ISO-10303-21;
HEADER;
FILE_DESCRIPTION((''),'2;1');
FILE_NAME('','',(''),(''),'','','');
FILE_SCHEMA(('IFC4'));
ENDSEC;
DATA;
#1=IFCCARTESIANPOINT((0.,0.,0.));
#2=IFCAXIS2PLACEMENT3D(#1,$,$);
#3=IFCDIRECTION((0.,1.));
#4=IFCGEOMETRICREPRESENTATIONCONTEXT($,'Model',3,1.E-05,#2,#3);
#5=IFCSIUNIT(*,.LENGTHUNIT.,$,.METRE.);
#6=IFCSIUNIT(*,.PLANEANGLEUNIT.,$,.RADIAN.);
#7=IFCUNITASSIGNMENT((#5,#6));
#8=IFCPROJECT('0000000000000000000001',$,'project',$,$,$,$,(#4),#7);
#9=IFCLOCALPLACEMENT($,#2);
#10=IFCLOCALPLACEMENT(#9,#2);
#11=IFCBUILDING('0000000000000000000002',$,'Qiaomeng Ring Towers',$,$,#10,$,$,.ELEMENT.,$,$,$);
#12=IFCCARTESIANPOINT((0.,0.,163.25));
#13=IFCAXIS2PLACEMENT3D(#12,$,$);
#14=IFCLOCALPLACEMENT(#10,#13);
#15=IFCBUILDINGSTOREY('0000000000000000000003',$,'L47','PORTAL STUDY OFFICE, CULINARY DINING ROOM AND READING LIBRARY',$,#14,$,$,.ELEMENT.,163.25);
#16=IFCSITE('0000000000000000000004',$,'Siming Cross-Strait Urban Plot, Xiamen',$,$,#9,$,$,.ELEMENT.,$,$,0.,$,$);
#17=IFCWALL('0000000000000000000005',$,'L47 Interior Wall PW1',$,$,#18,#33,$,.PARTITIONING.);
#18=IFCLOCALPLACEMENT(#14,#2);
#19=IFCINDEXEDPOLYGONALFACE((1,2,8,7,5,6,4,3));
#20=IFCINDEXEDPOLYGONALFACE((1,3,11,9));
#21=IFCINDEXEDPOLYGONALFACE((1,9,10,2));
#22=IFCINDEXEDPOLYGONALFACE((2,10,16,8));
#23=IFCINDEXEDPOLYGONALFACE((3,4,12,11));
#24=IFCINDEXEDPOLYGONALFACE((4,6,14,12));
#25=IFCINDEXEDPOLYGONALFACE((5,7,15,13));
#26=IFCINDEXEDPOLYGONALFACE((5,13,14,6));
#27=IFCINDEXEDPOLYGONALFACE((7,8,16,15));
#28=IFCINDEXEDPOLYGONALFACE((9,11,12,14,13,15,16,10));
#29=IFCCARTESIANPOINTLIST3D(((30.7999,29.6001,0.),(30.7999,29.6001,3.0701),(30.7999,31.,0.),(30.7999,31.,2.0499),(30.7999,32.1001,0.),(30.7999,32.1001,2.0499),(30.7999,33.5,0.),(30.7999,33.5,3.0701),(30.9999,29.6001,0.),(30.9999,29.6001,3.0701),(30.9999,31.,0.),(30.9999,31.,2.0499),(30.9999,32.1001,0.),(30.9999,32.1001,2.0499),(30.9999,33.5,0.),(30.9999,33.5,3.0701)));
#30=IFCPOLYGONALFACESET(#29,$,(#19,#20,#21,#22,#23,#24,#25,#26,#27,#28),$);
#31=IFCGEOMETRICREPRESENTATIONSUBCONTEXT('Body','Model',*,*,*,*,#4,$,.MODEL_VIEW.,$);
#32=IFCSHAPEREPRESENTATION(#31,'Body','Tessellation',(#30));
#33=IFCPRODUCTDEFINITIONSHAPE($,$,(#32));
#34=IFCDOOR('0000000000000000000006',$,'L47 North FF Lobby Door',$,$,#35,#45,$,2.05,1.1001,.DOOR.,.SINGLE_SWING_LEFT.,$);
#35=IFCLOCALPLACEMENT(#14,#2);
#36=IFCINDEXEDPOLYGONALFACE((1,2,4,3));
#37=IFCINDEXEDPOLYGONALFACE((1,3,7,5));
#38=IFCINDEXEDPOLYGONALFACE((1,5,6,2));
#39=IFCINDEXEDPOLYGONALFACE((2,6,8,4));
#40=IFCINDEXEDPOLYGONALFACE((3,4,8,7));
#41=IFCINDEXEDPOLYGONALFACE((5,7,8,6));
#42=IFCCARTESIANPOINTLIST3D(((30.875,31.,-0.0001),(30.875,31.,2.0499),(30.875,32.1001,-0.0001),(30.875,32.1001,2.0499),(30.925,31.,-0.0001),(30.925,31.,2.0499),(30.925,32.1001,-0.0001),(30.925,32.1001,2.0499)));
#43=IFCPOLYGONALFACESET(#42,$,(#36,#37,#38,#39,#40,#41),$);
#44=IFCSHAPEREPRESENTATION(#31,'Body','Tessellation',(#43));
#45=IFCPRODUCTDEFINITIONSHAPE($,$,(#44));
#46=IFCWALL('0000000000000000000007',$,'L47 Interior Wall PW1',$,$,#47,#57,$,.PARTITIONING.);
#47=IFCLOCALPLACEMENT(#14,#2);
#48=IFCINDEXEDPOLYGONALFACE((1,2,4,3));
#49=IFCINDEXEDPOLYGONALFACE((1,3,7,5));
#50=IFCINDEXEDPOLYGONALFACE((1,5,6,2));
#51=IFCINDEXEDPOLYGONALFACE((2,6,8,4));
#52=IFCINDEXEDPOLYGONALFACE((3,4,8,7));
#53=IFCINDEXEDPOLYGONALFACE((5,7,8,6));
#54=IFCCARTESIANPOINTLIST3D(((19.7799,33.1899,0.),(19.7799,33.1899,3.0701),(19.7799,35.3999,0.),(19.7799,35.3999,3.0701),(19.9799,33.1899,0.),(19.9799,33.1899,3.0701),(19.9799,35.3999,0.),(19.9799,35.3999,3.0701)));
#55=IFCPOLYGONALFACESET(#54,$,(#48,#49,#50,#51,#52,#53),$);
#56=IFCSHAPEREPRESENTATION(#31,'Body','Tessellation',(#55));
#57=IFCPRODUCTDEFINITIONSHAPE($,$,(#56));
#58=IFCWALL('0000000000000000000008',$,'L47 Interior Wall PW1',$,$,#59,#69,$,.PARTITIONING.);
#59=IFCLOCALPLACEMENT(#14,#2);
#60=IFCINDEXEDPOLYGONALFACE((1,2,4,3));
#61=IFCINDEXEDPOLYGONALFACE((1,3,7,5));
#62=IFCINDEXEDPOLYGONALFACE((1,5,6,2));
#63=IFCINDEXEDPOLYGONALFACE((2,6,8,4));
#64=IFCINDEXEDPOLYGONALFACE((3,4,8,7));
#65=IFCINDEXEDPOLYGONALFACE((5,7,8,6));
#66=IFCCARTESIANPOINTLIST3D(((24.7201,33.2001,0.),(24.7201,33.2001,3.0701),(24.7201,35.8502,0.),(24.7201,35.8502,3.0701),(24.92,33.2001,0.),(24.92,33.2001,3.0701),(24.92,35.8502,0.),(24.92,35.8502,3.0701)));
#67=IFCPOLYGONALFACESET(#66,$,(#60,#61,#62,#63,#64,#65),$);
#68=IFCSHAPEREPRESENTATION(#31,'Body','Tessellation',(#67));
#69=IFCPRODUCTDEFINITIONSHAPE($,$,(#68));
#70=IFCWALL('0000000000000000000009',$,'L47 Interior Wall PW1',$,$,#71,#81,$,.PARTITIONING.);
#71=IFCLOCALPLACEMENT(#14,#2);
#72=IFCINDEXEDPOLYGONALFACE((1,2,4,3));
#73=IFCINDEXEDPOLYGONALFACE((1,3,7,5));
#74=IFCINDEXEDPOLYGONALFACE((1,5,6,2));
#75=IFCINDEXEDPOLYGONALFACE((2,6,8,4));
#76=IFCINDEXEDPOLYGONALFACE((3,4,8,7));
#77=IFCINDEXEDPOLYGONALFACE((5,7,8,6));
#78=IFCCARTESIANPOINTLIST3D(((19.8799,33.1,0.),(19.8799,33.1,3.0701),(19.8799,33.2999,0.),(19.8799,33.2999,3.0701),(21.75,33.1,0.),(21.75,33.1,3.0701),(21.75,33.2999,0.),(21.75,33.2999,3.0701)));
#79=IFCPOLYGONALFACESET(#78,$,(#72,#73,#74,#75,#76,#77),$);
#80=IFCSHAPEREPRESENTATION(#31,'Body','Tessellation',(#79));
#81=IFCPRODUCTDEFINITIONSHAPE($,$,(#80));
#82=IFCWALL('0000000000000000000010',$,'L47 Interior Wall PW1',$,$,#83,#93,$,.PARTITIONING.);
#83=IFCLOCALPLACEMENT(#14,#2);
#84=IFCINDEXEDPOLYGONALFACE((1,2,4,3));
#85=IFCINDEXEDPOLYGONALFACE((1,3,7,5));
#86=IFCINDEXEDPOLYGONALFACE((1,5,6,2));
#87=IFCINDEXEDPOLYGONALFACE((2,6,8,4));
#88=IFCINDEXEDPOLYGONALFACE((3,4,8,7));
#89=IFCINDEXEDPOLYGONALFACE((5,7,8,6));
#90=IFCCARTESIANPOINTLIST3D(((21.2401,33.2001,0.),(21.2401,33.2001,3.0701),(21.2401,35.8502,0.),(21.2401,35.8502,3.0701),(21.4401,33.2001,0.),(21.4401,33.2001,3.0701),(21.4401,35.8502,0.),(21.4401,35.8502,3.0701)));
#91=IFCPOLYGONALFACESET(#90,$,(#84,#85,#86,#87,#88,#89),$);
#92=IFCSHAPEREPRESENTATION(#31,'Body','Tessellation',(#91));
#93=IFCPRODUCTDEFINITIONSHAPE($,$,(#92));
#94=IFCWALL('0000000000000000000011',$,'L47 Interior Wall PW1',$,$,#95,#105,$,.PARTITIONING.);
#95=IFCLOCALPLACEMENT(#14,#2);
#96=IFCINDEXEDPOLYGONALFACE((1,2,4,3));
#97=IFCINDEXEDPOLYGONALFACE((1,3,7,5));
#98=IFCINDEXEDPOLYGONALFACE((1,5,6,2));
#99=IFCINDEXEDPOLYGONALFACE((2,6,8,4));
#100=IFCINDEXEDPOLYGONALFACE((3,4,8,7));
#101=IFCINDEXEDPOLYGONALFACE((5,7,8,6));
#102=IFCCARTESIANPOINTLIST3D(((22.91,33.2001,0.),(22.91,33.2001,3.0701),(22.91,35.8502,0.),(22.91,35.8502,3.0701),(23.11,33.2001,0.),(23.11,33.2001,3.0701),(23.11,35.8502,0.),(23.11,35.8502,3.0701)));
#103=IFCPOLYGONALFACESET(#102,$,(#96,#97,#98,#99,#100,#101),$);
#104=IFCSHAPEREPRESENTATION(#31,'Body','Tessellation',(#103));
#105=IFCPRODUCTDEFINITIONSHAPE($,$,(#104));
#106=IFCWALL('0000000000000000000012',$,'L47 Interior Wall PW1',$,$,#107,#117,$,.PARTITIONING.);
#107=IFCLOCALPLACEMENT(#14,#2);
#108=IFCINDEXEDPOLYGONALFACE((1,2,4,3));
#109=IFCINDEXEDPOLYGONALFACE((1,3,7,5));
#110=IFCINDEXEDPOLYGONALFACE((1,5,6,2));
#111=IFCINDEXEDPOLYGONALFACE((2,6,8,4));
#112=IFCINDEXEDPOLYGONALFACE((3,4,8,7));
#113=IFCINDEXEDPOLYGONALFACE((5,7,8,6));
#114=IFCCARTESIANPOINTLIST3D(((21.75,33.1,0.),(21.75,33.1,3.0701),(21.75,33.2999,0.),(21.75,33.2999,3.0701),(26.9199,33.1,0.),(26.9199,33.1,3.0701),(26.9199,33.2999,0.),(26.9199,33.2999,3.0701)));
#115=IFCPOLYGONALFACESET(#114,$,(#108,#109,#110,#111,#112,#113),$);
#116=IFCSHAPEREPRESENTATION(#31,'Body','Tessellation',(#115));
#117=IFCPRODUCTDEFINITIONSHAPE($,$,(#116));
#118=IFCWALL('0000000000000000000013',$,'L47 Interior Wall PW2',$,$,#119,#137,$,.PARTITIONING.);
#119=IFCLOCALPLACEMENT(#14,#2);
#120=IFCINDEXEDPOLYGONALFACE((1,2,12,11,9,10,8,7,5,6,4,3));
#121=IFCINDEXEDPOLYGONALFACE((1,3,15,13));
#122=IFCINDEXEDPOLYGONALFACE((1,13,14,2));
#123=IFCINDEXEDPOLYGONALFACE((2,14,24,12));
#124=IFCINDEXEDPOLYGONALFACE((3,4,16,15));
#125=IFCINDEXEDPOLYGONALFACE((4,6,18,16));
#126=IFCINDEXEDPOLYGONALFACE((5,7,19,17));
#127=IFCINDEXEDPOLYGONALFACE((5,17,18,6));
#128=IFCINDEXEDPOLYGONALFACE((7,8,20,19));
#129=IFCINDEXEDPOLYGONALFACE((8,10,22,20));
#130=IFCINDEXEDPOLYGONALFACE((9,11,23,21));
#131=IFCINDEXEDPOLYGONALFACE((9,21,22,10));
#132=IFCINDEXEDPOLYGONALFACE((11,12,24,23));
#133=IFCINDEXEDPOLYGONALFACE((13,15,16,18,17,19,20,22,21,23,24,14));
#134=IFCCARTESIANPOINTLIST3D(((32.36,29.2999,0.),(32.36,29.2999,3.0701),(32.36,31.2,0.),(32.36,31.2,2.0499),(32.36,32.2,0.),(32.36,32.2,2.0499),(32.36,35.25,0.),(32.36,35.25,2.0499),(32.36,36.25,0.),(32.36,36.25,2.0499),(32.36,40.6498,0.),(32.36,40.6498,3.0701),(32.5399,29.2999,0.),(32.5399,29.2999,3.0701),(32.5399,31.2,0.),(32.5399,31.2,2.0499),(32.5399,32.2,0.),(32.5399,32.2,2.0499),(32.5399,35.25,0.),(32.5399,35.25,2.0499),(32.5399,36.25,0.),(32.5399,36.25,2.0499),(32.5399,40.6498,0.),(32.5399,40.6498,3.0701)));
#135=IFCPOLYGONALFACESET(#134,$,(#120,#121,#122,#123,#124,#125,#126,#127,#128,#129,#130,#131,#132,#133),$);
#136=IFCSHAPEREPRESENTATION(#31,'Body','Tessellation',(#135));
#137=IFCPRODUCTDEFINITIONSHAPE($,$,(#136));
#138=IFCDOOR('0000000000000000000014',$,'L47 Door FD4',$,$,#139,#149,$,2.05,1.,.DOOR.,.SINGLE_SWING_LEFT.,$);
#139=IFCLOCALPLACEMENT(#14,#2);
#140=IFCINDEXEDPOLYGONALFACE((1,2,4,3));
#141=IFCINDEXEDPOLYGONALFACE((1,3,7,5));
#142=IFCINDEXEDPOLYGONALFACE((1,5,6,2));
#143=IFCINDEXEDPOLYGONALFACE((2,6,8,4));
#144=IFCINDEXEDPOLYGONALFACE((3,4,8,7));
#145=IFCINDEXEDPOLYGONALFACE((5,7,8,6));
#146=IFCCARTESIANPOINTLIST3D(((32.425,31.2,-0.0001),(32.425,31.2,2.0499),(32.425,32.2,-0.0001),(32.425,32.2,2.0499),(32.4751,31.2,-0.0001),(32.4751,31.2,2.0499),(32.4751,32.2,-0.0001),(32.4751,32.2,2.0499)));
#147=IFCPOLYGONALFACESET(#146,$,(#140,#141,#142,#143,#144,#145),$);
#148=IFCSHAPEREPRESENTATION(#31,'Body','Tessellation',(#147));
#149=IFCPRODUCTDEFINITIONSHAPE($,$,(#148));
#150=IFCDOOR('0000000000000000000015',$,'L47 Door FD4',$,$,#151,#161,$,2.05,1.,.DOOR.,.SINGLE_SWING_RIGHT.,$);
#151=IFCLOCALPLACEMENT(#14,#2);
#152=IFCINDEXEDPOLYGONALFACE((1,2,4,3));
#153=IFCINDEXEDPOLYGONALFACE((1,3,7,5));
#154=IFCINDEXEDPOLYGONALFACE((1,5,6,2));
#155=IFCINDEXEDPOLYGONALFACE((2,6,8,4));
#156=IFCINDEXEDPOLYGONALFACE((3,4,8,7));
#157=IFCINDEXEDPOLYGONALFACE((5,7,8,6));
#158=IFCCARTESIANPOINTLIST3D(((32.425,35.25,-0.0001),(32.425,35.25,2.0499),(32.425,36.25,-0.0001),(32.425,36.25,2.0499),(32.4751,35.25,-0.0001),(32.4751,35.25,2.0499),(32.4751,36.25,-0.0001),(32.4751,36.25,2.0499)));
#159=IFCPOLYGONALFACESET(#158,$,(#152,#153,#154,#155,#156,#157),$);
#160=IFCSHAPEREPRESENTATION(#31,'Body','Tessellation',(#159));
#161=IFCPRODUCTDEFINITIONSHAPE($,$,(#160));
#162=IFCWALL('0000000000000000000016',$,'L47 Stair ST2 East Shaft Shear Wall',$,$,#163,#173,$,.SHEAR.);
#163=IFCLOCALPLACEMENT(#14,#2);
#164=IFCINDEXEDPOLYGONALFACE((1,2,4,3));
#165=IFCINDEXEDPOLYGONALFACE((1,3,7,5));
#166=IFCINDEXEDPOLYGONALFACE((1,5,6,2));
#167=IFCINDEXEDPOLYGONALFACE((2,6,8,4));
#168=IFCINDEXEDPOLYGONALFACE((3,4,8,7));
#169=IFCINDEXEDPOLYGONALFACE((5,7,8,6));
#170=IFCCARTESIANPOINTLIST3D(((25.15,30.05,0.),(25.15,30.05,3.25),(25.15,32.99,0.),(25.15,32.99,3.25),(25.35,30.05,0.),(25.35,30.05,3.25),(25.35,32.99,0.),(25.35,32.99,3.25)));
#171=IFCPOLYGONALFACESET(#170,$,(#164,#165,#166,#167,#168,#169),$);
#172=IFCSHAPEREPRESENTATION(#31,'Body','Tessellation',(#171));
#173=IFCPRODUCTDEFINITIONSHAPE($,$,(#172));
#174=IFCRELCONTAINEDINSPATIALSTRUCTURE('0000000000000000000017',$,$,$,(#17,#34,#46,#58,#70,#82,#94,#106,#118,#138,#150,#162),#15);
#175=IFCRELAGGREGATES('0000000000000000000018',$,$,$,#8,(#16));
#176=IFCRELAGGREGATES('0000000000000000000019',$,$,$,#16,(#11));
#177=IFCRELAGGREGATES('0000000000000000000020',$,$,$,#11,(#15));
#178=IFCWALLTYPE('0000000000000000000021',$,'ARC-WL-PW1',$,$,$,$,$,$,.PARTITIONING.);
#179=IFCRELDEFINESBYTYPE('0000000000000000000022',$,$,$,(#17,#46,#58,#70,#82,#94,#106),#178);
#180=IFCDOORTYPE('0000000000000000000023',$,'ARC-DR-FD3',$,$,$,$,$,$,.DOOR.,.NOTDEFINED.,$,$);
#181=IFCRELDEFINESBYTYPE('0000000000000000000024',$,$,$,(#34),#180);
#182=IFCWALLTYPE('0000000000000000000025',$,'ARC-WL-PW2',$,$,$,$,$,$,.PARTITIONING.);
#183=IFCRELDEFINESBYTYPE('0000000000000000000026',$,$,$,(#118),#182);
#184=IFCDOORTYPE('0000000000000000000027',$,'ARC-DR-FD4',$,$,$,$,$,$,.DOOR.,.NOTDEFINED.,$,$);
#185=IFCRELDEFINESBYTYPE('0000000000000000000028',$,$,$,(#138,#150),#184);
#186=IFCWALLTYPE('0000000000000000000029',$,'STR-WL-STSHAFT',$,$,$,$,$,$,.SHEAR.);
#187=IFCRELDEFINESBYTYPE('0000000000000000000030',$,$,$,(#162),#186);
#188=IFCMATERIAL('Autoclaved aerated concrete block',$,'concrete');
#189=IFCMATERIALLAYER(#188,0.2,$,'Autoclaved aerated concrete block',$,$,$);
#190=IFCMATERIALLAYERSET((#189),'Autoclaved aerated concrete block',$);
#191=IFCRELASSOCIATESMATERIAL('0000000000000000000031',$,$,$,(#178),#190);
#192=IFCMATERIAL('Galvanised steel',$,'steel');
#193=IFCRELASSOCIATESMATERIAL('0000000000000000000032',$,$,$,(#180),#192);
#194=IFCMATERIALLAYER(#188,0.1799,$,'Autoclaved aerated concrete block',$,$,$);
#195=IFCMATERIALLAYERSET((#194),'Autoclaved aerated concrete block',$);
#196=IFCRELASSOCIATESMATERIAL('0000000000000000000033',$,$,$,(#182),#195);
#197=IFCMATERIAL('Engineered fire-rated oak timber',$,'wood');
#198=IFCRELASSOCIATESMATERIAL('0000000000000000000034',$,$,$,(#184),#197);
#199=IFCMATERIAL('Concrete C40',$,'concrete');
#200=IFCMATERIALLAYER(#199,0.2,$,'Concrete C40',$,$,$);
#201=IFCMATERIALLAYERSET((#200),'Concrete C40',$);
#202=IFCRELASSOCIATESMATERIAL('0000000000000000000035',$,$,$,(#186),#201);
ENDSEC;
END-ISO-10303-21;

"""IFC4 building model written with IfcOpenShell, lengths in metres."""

from ifc_helpers import new_model, si_unit, direction, frame, frame_2d, origin, place, context, subcontext, project, spatial, rectangle, extrude, source, transform, mapped, material, layer, layer_set, type_object, element, fill, save


model = new_model("IFC4")

# Units and contexts
model_context = context("Model", 3, precision=1e-05, world=origin(), true_north=direction((0.0, 1.0)))
body_context = subcontext(model_context, "Body", "Model", "MODEL_VIEW")
ifc_project = project(units=[si_unit("LENGTHUNIT", "METRE"), si_unit("PLANEANGLEUNIT", "RADIAN")], contexts=[model_context])

# Site, building, storey
site_placement = place(None, origin())
site = spatial("IfcSite", under=ifc_project, at=site_placement, Name="Siming Cross-Strait Urban Plot, Xiamen", CompositionType="ELEMENT", RefElevation=0.0)
building_placement = place(site_placement, origin())
building = spatial("IfcBuilding", under=site, at=building_placement, Name="Qiaomeng Ring Towers", CompositionType="ELEMENT")
storey_placement = place(building_placement, frame((0.0, 0.0, 163.25)))
storey = spatial("IfcBuildingStorey", under=building, at=storey_placement, Name="L47", Description="PORTAL STUDY OFFICE, CULINARY DINING ROOM AND READING LIBRARY", CompositionType="ELEMENT", Elevation=163.25)

# Shared definitions
ifc_material_1 = material(Name="Autoclaved aerated concrete block", Category="concrete")
ifc_layer_1 = layer(ifc_material_1, 0.2, Name="Autoclaved aerated concrete block")
ifc_layer_set_1 = layer_set([ifc_layer_1], Name="Autoclaved aerated concrete block")
wall_type_1 = type_object("IfcWallType", Name="ARC-WL-PW1", PredefinedType="PARTITIONING", material=ifc_layer_set_1)

# Wall, opening, door
wall_1_placement = place(storey_placement, frame((30.8999, 29.6001, 0.0), z_axis=(0.0, 0.0, 1.0), x_axis=(0.0, 1.0, 0.0)))
wall_1 = element("IfcWall", 1, at=wall_1_placement, inside=storey, type_object=wall_type_1, Name="L47 Interior Wall PW1", PredefinedType="PARTITIONING", context=body_context, shape_type="SweptSolid", body=[
    extrude(rectangle(XDim=3.8999, YDim=0.2, at=frame_2d((1.95, 0.0))), origin(), (0.0, 0.0, 1.0), 3.0701),
])
opening_1_placement = place(wall_1_placement, frame((1.3999, 0.0, 0.0)))
opening_1 = element("IfcOpeningElement", 2, at=opening_1_placement, cuts=wall_1, PredefinedType="OPENING", context=body_context, shape_type="SweptSolid", body=[
    extrude(rectangle(XDim=1.1001, YDim=2.05, at=frame_2d((0.55, 1.0249))), frame((0.0, 0.1099, 0.0), z_axis=(0.0, -1.0, 0.0), x_axis=(1.0, 0.0, 0.0)), (0.0, 0.0, 1.0), 0.22),
])
ifc_material_2 = material(Name="Galvanised steel", Category="steel")
door_type_1 = type_object("IfcDoorType", Name="ARC-DR-FD3", OperationType="NOTDEFINED", PredefinedType="DOOR", material=ifc_material_2)
shared_shape_1 = source(origin(), body_context, "Body", "SweptSolid", [
    extrude(rectangle(XDim=1.1001, YDim=2.05, at=frame_2d((0.55, 1.0249))), frame((0.0, 0.0249, 0.0), z_axis=(0.0, -1.0, 0.0), x_axis=(1.0, 0.0, 0.0)), (0.0, 0.0, 1.0), 0.05),
])
door_1_placement = place(opening_1_placement, origin())
door_1 = element("IfcDoor", 3, at=door_1_placement, inside=storey, type_object=door_type_1, Name="L47 North FF Lobby Door", OperationType="SINGLE_SWING_LEFT", OverallHeight=2.05, OverallWidth=1.1001, PredefinedType="DOOR", context=body_context, shape_type="MappedRepresentation", body=[
    mapped(shared_shape_1, transform((0.0, 0.0, 0.0), x_axis=(1.0, 0.0, 0.0), y_axis=(0.0, 1.0, 0.0), z_axis=(0.0, 0.0, 1.0), scale=1.0)),
])
fill(opening_1, door_1)

# Walls
wall_2_placement = place(storey_placement, frame((19.8799, 33.1899, 0.0), z_axis=(0.0, 0.0, 1.0), x_axis=(0.0, 1.0, 0.0)))
element("IfcWall", 4, at=wall_2_placement, inside=storey, type_object=wall_type_1, Name="L47 Interior Wall PW1", PredefinedType="PARTITIONING", context=body_context, shape_type="SweptSolid", body=[
    extrude(rectangle(XDim=2.21, YDim=0.2, at=frame_2d((1.105, 0.0))), origin(), (0.0, 0.0, 1.0), 3.0701),
])
wall_3_placement = place(storey_placement, frame((24.8201, 33.2, 0.0), z_axis=(0.0, 0.0, 1.0), x_axis=(0.0, 1.0, 0.0)))
element("IfcWall", 5, at=wall_3_placement, inside=storey, type_object=wall_type_1, Name="L47 Interior Wall PW1", PredefinedType="PARTITIONING", context=body_context, shape_type="SweptSolid", body=[
    extrude(rectangle(XDim=2.6501, YDim=0.2, at=frame_2d((1.3252, 0.0))), origin(), (0.0, 0.0, 1.0), 3.0701),
])
wall_4_placement = place(storey_placement, frame((19.8799, 33.2, 0.0), z_axis=(0.0, 0.0, 1.0), x_axis=(1.0, 0.0, 0.0)))
element("IfcWall", 6, at=wall_4_placement, inside=storey, type_object=wall_type_1, Name="L47 Interior Wall PW1", PredefinedType="PARTITIONING", context=body_context, shape_type="SweptSolid", body=[
    extrude(rectangle(XDim=1.8701, YDim=0.2, at=frame_2d((0.9351, 0.0))), origin(), (0.0, 0.0, 1.0), 3.0701),
])
for number, where, z_axis, x_axis, name in (
    (7, (21.3401, 33.2, 0.0), (0.0, 0.0, 1.0), (0.0, 1.0, 0.0), "L47 Interior Wall PW1"),
    (8, (23.01, 33.2, 0.0), (0.0, 0.0, 1.0), (0.0, 1.0, 0.0), "L47 Interior Wall PW1"),
):
    element("IfcWall", number, at=place(storey_placement, frame(where, z_axis=z_axis, x_axis=x_axis)), inside=storey, type_object=wall_type_1, Name=name, PredefinedType="PARTITIONING", context=body_context, shape_type="SweptSolid", body=[
        extrude(rectangle(XDim=2.6501, YDim=0.2, at=frame_2d((1.3252, 0.0))), origin(), (0.0, 0.0, 1.0), 3.0701),
    ])
wall_5_placement = place(storey_placement, frame((21.75, 33.2, 0.0), z_axis=(0.0, 0.0, 1.0), x_axis=(1.0, 0.0, 0.0)))
element("IfcWall", 9, at=wall_5_placement, inside=storey, type_object=wall_type_1, Name="L47 Interior Wall PW1", PredefinedType="PARTITIONING", context=body_context, shape_type="SweptSolid", body=[
    extrude(rectangle(XDim=5.1699, YDim=0.2, at=frame_2d((2.585, 0.0))), origin(), (0.0, 0.0, 1.0), 3.0701),
])

# Wall, openings, doors
ifc_layer_2 = layer(ifc_material_1, 0.1799, Name="Autoclaved aerated concrete block")
ifc_layer_set_2 = layer_set([ifc_layer_2], Name="Autoclaved aerated concrete block")
wall_type_2 = type_object("IfcWallType", Name="ARC-WL-PW2", PredefinedType="PARTITIONING", material=ifc_layer_set_2)
wall_6_placement = place(storey_placement, frame((32.45, 29.3, 0.0), z_axis=(0.0, 0.0, 1.0), x_axis=(0.0, 1.0, 0.0)))
wall_6 = element("IfcWall", 10, at=wall_6_placement, inside=storey, type_object=wall_type_2, Name="L47 Interior Wall PW2", PredefinedType="PARTITIONING", context=body_context, shape_type="SweptSolid", body=[
    extrude(rectangle(XDim=11.3499, YDim=0.1799, at=frame_2d((5.6748, 0.0))), origin(), (0.0, 0.0, 1.0), 3.0701),
])
opening_2_placement = place(wall_6_placement, frame((1.8999, 0.0, 0.0)))
opening_2 = element("IfcOpeningElement", 11, at=opening_2_placement, cuts=wall_6, PredefinedType="OPENING", context=body_context, shape_type="SweptSolid", body=[
    extrude(rectangle(XDim=1.0, YDim=2.05, at=frame_2d((0.5, 1.0249))), frame((0.0, 0.0999, 0.0), z_axis=(0.0, -1.0, 0.0), x_axis=(1.0, 0.0, 0.0)), (0.0, 0.0, 1.0), 0.2),
])
opening_3_placement = place(wall_6_placement, frame((5.95, 0.0, 0.0)))
opening_3 = element("IfcOpeningElement", 12, at=opening_3_placement, cuts=wall_6, PredefinedType="OPENING", context=body_context, shape_type="SweptSolid", body=[
    extrude(rectangle(XDim=1.0, YDim=2.05, at=frame_2d((0.5, 1.0249))), frame((0.0, 0.0999, 0.0), z_axis=(0.0, -1.0, 0.0), x_axis=(1.0, 0.0, 0.0)), (0.0, 0.0, 1.0), 0.2),
])
ifc_material_3 = material(Name="Engineered fire-rated oak timber", Category="wood")
door_type_2 = type_object("IfcDoorType", Name="ARC-DR-FD4", OperationType="NOTDEFINED", PredefinedType="DOOR", material=ifc_material_3)
shared_shape_2 = source(origin(), body_context, "Body", "SweptSolid", [
    extrude(rectangle(XDim=1.0, YDim=2.05, at=frame_2d((0.5, 1.0249))), frame((0.0, 0.0249, 0.0), z_axis=(0.0, -1.0, 0.0), x_axis=(1.0, 0.0, 0.0)), (0.0, 0.0, 1.0), 0.05),
])
door_2_placement = place(opening_2_placement, origin())
door_2 = element("IfcDoor", 13, at=door_2_placement, inside=storey, type_object=door_type_2, Name="L47 Door FD4", OperationType="SINGLE_SWING_LEFT", OverallHeight=2.05, OverallWidth=1.0, PredefinedType="DOOR", context=body_context, shape_type="MappedRepresentation", body=[
    mapped(shared_shape_2, transform((0.0, 0.0, 0.0), x_axis=(1.0, 0.0, 0.0), y_axis=(0.0, 1.0, 0.0), z_axis=(0.0, 0.0, 1.0), scale=1.0)),
])
fill(opening_2, door_2)
door_3_placement = place(opening_3_placement, origin())
door_3 = element("IfcDoor", 14, at=door_3_placement, inside=storey, type_object=door_type_2, Name="L47 Door FD4", OperationType="SINGLE_SWING_RIGHT", OverallHeight=2.05, OverallWidth=1.0, PredefinedType="DOOR", context=body_context, shape_type="MappedRepresentation", body=[
    mapped(shared_shape_2, transform((0.0, 0.0, 0.0), x_axis=(1.0, 0.0, 0.0), y_axis=(0.0, 1.0, 0.0), z_axis=(0.0, 0.0, 1.0), scale=1.0)),
])
fill(opening_3, door_3)

# Wall
ifc_material_4 = material(Name="Concrete C40", Category="concrete")
ifc_layer_3 = layer(ifc_material_4, 0.2, Name="Concrete C40")
ifc_layer_set_3 = layer_set([ifc_layer_3], Name="Concrete C40")
wall_type_3 = type_object("IfcWallType", Name="STR-WL-STSHAFT", PredefinedType="SHEAR", material=ifc_layer_set_3)
wall_7_placement = place(storey_placement, frame((25.25, 30.05, 0.0), z_axis=(0.0, 0.0, 1.0), x_axis=(0.0, 1.0, 0.0)))
element("IfcWall", 15, at=wall_7_placement, inside=storey, type_object=wall_type_3, Name="L47 Stair ST2 East Shaft Shear Wall", PredefinedType="SHEAR", context=body_context, shape_type="SweptSolid", body=[
    extrude(rectangle(XDim=2.9399, YDim=0.2, at=frame_2d((1.47, 0.0))), origin(), (0.0, 0.0, 1.0), 3.25),
])

save(model, "model.ifc")
